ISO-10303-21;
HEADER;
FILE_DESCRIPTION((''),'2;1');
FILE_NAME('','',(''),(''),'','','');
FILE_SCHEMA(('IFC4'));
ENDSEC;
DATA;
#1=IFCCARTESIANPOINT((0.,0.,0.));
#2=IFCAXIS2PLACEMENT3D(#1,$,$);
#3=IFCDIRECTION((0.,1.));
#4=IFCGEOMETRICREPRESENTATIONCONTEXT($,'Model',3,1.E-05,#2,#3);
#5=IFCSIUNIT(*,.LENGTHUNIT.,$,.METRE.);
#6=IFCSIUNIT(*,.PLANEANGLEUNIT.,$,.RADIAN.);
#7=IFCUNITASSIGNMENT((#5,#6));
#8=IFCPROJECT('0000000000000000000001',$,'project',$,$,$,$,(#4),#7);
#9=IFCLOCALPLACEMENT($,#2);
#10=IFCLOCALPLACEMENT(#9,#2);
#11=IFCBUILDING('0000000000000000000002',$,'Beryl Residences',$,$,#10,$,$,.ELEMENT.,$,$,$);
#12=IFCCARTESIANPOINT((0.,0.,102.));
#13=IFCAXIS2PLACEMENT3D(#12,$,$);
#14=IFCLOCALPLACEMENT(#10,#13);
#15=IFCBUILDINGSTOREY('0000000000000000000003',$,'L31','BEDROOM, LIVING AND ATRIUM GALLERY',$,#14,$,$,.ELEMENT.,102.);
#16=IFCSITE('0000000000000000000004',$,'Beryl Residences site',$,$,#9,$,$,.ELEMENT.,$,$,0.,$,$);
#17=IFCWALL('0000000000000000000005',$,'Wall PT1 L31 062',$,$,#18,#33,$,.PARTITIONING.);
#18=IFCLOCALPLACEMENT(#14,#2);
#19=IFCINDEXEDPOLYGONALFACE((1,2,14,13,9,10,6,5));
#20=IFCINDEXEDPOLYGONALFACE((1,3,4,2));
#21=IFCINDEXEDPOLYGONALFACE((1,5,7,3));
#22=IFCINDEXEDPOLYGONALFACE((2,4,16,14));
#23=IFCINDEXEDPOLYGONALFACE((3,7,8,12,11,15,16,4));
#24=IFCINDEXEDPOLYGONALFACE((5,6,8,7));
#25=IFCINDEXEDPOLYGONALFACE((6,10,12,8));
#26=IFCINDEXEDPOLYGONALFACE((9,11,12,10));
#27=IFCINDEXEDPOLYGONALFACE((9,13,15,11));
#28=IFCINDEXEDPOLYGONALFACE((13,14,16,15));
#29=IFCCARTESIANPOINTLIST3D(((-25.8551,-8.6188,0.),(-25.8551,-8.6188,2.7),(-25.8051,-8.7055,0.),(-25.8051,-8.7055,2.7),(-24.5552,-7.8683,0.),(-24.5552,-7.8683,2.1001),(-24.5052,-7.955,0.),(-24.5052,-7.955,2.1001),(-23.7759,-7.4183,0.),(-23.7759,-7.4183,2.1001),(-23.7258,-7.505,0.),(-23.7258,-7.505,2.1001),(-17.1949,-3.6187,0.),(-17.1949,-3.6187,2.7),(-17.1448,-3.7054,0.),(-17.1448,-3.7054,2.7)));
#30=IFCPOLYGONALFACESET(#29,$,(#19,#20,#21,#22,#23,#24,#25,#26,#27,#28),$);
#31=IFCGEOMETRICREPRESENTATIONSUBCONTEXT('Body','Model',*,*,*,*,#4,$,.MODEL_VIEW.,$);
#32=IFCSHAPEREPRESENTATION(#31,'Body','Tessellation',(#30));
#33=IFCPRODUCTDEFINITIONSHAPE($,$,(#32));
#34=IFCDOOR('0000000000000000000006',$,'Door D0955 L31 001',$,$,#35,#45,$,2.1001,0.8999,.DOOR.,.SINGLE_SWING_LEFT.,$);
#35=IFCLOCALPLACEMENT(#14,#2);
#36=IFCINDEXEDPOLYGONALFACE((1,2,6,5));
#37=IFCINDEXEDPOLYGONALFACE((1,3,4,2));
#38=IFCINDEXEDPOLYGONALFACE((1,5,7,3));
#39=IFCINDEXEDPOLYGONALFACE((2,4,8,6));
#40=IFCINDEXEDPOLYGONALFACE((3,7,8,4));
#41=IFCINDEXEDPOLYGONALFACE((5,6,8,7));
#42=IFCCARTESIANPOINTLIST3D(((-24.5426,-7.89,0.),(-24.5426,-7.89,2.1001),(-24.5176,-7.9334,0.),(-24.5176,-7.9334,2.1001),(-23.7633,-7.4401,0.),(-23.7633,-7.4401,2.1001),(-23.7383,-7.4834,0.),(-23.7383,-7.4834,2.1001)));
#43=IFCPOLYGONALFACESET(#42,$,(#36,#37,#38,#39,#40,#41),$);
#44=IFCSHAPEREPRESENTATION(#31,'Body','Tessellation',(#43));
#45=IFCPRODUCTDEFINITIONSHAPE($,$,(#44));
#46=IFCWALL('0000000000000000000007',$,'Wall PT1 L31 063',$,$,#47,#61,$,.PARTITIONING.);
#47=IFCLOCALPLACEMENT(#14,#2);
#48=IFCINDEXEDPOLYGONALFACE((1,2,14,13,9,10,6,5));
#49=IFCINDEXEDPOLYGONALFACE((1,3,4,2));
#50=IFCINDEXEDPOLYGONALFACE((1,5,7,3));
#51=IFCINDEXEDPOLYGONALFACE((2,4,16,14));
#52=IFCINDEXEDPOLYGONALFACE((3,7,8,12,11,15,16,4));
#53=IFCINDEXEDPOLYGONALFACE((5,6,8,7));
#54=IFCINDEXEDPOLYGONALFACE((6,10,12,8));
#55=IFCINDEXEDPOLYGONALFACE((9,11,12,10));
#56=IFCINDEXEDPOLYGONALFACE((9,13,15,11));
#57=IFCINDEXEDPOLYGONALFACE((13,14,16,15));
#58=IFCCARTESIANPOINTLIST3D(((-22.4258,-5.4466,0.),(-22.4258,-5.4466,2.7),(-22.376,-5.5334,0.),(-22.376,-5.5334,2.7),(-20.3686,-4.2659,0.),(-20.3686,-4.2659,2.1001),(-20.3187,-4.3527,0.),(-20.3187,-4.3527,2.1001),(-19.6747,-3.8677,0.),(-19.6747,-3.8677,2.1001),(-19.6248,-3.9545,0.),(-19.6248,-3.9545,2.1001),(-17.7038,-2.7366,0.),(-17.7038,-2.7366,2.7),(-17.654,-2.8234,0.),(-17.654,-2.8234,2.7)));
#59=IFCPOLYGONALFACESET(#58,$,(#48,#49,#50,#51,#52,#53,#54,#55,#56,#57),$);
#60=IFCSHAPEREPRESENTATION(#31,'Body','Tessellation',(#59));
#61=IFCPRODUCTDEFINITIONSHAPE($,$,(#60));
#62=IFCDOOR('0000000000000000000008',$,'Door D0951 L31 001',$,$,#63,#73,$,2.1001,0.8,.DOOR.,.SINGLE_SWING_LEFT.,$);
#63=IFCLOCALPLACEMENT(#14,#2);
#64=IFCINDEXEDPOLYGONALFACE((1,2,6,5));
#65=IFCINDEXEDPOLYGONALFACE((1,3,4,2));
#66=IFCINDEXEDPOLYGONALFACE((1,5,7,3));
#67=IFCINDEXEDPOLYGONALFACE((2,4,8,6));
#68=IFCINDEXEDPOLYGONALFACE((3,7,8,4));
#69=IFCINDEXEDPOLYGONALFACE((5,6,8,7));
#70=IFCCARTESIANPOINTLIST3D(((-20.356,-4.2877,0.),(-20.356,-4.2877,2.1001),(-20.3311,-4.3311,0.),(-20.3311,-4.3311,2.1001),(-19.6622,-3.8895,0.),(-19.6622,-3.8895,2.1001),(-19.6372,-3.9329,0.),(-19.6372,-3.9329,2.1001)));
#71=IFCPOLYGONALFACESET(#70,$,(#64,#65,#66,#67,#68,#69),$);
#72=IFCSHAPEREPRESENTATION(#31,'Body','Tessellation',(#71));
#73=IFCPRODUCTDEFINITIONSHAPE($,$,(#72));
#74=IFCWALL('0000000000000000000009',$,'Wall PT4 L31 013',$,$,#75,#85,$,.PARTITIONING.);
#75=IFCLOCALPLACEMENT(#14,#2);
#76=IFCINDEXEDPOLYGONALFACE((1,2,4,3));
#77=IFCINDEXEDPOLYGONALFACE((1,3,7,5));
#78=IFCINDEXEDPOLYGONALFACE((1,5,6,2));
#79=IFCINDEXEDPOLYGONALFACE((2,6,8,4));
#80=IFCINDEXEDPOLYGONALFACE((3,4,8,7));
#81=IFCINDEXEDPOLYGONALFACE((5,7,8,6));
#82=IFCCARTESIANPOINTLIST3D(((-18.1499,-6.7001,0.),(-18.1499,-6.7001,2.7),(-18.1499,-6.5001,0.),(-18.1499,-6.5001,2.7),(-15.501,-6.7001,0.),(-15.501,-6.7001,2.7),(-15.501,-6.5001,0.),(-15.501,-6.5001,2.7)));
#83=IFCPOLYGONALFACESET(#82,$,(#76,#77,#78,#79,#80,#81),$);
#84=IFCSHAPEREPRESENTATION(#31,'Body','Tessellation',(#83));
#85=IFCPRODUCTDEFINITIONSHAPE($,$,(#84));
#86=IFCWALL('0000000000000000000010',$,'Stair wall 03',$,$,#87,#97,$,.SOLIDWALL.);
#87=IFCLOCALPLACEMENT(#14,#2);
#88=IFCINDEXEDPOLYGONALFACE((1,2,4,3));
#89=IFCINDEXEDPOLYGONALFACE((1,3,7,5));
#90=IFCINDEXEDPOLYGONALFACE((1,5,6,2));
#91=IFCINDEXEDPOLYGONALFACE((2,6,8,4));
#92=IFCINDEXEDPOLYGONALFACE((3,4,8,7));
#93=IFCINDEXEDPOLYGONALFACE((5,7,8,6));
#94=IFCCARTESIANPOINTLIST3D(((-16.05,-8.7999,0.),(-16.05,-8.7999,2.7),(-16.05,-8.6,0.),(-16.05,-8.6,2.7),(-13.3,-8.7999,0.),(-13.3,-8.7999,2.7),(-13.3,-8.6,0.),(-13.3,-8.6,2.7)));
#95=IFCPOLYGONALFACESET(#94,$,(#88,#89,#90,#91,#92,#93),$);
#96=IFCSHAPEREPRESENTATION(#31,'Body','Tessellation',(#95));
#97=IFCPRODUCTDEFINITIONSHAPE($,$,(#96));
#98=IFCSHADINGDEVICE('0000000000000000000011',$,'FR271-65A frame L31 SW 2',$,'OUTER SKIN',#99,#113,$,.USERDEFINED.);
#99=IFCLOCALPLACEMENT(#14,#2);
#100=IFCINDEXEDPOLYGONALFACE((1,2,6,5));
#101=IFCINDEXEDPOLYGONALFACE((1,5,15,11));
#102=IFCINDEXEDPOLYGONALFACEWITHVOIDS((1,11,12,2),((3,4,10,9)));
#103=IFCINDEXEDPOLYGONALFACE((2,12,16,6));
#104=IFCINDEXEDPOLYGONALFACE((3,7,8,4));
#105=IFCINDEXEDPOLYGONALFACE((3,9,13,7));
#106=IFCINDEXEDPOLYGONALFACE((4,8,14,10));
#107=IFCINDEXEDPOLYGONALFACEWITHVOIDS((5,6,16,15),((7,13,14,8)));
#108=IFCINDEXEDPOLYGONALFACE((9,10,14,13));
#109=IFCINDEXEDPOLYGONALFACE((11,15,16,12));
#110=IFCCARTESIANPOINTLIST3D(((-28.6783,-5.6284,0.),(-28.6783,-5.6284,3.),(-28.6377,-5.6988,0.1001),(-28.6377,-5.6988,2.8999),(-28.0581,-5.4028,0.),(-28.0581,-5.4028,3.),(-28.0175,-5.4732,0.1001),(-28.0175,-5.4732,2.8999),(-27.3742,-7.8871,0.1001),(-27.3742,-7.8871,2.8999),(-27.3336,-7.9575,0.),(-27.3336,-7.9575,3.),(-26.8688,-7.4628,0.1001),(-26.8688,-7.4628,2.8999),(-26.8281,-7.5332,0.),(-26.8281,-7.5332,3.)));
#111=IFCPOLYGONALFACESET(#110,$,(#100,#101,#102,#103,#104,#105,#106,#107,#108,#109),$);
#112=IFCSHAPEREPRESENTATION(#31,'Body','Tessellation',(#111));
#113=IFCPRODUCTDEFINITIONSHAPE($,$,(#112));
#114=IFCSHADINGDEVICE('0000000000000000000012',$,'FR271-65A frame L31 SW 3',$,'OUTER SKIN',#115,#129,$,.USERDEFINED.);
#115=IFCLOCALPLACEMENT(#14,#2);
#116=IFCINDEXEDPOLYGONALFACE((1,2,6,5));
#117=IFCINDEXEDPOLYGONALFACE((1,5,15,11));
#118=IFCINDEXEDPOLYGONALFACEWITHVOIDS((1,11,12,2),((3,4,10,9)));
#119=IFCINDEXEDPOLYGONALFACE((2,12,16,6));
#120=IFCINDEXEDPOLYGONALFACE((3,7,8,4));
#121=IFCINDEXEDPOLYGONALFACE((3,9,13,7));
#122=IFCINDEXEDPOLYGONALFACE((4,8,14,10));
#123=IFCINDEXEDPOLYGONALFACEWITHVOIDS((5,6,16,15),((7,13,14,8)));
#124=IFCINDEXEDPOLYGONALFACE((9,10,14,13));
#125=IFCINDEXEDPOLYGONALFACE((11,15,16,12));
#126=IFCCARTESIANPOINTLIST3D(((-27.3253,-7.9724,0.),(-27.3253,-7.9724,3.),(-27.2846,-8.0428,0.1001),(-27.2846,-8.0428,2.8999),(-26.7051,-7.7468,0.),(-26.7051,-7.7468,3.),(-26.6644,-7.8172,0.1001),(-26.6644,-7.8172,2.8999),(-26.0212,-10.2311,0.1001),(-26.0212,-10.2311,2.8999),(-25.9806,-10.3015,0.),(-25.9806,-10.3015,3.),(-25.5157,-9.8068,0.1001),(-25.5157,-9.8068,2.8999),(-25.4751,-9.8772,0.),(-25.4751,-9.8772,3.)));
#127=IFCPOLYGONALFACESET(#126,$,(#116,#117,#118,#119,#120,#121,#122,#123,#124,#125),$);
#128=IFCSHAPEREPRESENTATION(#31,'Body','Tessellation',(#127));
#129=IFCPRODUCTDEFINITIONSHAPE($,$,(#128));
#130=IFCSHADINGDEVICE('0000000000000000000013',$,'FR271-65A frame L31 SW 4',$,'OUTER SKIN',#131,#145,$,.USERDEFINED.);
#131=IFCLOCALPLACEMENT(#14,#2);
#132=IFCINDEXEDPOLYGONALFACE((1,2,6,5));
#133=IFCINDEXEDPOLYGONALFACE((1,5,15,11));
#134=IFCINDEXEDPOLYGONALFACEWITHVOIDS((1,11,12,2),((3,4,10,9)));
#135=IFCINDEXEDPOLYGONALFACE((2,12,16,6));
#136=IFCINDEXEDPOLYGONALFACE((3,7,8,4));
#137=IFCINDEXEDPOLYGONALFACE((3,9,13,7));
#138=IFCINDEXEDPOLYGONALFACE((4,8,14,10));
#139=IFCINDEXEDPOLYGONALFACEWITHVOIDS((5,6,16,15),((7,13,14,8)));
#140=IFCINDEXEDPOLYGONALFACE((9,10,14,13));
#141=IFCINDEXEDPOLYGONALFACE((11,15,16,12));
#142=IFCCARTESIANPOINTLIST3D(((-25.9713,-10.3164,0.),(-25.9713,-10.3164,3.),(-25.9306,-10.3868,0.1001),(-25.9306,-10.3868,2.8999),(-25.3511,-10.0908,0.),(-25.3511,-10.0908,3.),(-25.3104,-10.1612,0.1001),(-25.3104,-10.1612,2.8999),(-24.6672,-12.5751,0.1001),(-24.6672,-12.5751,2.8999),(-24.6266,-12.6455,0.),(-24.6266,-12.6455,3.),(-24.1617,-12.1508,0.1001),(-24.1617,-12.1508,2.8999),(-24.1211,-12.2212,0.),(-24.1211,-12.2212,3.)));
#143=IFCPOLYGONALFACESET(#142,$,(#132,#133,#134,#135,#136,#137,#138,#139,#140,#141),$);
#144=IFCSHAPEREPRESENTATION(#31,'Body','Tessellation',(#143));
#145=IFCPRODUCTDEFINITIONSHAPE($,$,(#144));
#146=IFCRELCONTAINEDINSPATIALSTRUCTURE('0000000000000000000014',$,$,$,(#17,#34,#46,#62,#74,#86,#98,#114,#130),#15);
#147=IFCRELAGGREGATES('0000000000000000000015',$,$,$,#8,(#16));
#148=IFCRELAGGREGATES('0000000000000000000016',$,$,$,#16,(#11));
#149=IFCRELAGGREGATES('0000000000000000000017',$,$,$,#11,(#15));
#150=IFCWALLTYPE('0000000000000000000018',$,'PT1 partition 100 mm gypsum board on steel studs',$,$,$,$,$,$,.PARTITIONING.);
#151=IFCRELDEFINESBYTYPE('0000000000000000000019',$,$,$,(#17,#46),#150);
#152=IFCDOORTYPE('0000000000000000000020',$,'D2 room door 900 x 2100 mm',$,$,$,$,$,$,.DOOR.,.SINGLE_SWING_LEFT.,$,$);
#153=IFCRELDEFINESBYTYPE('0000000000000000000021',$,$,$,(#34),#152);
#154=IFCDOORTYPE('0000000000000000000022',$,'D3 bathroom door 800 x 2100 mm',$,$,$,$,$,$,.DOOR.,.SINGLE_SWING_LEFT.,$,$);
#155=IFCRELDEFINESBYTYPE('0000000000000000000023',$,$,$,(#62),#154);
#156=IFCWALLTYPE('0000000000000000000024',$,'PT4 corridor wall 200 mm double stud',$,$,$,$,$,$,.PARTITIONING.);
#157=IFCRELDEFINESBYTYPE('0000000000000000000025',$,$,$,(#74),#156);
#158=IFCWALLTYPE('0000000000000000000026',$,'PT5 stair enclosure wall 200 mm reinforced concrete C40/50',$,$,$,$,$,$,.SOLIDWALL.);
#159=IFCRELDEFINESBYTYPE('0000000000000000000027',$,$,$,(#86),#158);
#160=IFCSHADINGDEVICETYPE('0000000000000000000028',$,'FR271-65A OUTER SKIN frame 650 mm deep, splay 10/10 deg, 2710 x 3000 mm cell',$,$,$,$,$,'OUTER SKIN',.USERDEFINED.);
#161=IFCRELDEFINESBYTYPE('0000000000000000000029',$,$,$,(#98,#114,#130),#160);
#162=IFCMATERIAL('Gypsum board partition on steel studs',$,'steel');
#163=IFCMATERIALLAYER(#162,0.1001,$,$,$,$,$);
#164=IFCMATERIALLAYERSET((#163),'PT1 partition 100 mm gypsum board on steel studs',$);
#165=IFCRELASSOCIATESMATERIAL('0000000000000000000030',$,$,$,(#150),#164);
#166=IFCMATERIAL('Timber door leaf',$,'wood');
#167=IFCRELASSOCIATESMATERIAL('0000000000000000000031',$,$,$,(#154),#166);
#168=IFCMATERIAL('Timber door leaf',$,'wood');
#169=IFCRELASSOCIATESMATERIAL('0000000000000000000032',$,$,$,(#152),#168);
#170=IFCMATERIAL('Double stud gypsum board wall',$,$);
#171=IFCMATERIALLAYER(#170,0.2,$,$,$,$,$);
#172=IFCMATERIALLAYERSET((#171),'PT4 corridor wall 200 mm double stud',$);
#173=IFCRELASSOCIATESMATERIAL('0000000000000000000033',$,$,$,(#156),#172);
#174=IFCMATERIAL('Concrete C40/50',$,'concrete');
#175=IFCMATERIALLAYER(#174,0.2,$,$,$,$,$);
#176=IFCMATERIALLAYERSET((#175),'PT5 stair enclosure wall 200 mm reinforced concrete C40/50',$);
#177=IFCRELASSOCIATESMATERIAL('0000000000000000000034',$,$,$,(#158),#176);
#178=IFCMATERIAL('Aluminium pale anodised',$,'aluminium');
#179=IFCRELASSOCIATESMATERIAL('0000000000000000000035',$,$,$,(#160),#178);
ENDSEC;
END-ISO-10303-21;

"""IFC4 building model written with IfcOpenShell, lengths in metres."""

from ifc_helpers import new_model, entity, si_unit, direction, frame, frame_2d, origin, place, context, subcontext, project, spatial, rectangle, extrude, source, transform, mapped, material, layer, layer_set, type_object, type_shapes, element, fill, save


model = new_model("IFC4")

# Units and contexts
model_context = context("Model", 3, precision=1e-05, world=origin(), true_north=direction((0.0, 1.0)))
body_context = subcontext(model_context, "Body", "Model", "MODEL_VIEW")
ifc_project = project(units=[si_unit("LENGTHUNIT", "METRE"), si_unit("PLANEANGLEUNIT", "RADIAN")], contexts=[model_context])

# Site, building, storey
site_placement = place(None, origin())
site = spatial("IfcSite", under=ifc_project, at=site_placement, Name="Beryl Residences site", CompositionType="ELEMENT", RefElevation=0.0)
building_placement = place(site_placement, origin())
building = spatial("IfcBuilding", under=site, at=building_placement, Name="Beryl Residences", CompositionType="ELEMENT")
storey_placement = place(building_placement, frame((0.0, 0.0, 102.0)))
storey = spatial("IfcBuildingStorey", under=building, at=storey_placement, Name="L31", Description="BEDROOM, LIVING AND ATRIUM GALLERY", CompositionType="ELEMENT", Elevation=102.0)

# Shared definitions
ifc_material_1 = material(Name="Gypsum board partition on steel studs", Category="steel")
ifc_layer_1 = layer(ifc_material_1, 0.1001)
ifc_layer_set_1 = layer_set([ifc_layer_1], Name="PT1 partition 100 mm gypsum board on steel studs")
wall_type_1 = type_object("IfcWallType", Name="PT1 partition 100 mm gypsum board on steel studs", PredefinedType="PARTITIONING", material=ifc_layer_set_1)

# Shared definitions
ifc_material_2 = material(Name="Timber door leaf", Category="wood")
door_type_1 = type_object("IfcDoorType", Name="D3 bathroom door 800 x 2100 mm", OperationType="SINGLE_SWING_LEFT", PredefinedType="DOOR", material=ifc_material_2)
ifc_material_3 = material(Name="Timber door leaf", Category="wood")
door_type_2 = type_object("IfcDoorType", Name="D2 room door 900 x 2100 mm", OperationType="SINGLE_SWING_LEFT", PredefinedType="DOOR", material=ifc_material_3)

# Walls, openings, doors
wall_1_placement = place(storey_placement, frame((-25.8301, -8.6621, 0.0), z_axis=(0.0, 0.0, 1.0), x_axis=(0.866023, 0.500004, 0.0)))
wall_1 = element("IfcWall", 1, at=wall_1_placement, inside=storey, type_object=wall_type_1, Name="Wall PT1 L31 062", PredefinedType="PARTITIONING", context=body_context, shape_type="SweptSolid", body=[
    extrude(rectangle(XDim=10.0, YDim=0.1001, at=frame_2d((5.0, 0.0))), origin(), (0.0, 0.0, 1.0), 2.7),
])
opening_1_placement = place(wall_1_placement, frame((1.501, 0.0, 0.0)))
opening_1 = element("IfcOpeningElement", 2, at=opening_1_placement, cuts=wall_1, PredefinedType="OPENING", context=body_context, shape_type="SweptSolid", body=[
    extrude(rectangle(XDim=0.8999, YDim=2.1001, at=frame_2d((0.45, 1.05))), frame((0.0, 0.0601, 0.0), z_axis=(0.0, -1.0, 0.0), x_axis=(1.0, 0.0, 0.0)), (0.0, 0.0, 1.0), 0.1201),
])
door_1_placement = place(opening_1_placement, origin())
door_1 = element("IfcDoor", 3, at=door_1_placement, inside=storey, type_object=door_type_2, Name="Door D0955 L31 001", OperationType="SINGLE_SWING_LEFT", OverallHeight=2.1001, OverallWidth=0.8999, PredefinedType="DOOR", context=body_context, shape_type="SweptSolid", body=[
    extrude(rectangle(XDim=0.8999, YDim=2.1001, at=frame_2d((0.45, 1.05))), frame((0.0, 0.0249, 0.0), z_axis=(0.0, -1.0, 0.0), x_axis=(1.0, 0.0, 0.0)), (0.0, 0.0, 1.0), 0.05),
])
fill(opening_1, door_1)
wall_2_placement = place(storey_placement, frame((-22.4009, -5.49, 0.0), z_axis=(0.0, 0.0, 1.0), x_axis=(0.867314, 0.497761, 0.0)))
wall_2 = element("IfcWall", 4, at=wall_2_placement, inside=storey, type_object=wall_type_1, Name="Wall PT1 L31 063", PredefinedType="PARTITIONING", context=body_context, shape_type="SweptSolid", body=[
    extrude(rectangle(XDim=5.4443, YDim=0.1001, at=frame_2d((2.7222, 0.0))), origin(), (0.0, 0.0, 1.0), 2.7),
])
opening_2_placement = place(wall_2_placement, frame((2.3721, 0.0, 0.0)))
opening_2 = element("IfcOpeningElement", 5, at=opening_2_placement, cuts=wall_2, PredefinedType="OPENING", context=body_context, shape_type="SweptSolid", body=[
    extrude(rectangle(XDim=0.8, YDim=2.1001, at=frame_2d((0.3999, 1.05))), frame((0.0, 0.0601, 0.0), z_axis=(0.0, -1.0, 0.0), x_axis=(1.0, 0.0, 0.0)), (0.0, 0.0, 1.0), 0.1201),
])
door_2_placement = place(opening_2_placement, origin())
door_2 = element("IfcDoor", 6, at=door_2_placement, inside=storey, type_object=door_type_1, Name="Door D0951 L31 001", OperationType="SINGLE_SWING_LEFT", OverallHeight=2.1001, OverallWidth=0.8, PredefinedType="DOOR", context=body_context, shape_type="SweptSolid", body=[
    extrude(rectangle(XDim=0.8, YDim=2.1001, at=frame_2d((0.3999, 1.05))), frame((0.0, 0.0249, 0.0), z_axis=(0.0, -1.0, 0.0), x_axis=(1.0, 0.0, 0.0)), (0.0, 0.0, 1.0), 0.05),
])
fill(opening_2, door_2)

# Walls
ifc_material_4 = material(Name="Double stud gypsum board wall")
ifc_layer_2 = layer(ifc_material_4, 0.2)
ifc_layer_set_2 = layer_set([ifc_layer_2], Name="PT4 corridor wall 200 mm double stud")
wall_type_2 = type_object("IfcWallType", Name="PT4 corridor wall 200 mm double stud", PredefinedType="PARTITIONING", material=ifc_layer_set_2)
wall_3_placement = place(storey_placement, frame((-18.1499, -6.6001, 0.0), z_axis=(0.0, 0.0, 1.0), x_axis=(1.0, 0.0, 0.0)))
element("IfcWall", 7, at=wall_3_placement, inside=storey, type_object=wall_type_2, Name="Wall PT4 L31 013", PredefinedType="PARTITIONING", context=body_context, shape_type="SweptSolid", body=[
    extrude(rectangle(XDim=2.6489, YDim=0.2, at=frame_2d((1.3245, 0.0))), origin(), (0.0, 0.0, 1.0), 2.7),
])
ifc_material_5 = material(Name="Concrete C40/50", Category="concrete")
ifc_layer_3 = layer(ifc_material_5, 0.2)
ifc_layer_set_3 = layer_set([ifc_layer_3], Name="PT5 stair enclosure wall 200 mm reinforced concrete C40/50")
wall_type_3 = type_object("IfcWallType", Name="PT5 stair enclosure wall 200 mm reinforced concrete C40/50", PredefinedType="SOLIDWALL", material=ifc_layer_set_3)
wall_4_placement = place(storey_placement, frame((-16.05, -8.7, 0.0), z_axis=(0.0, 0.0, 1.0), x_axis=(1.0, 0.0, 0.0)))
element("IfcWall", 8, at=wall_4_placement, inside=storey, type_object=wall_type_3, Name="Stair wall 03", PredefinedType="SOLIDWALL", context=body_context, shape_type="SweptSolid", body=[
    extrude(rectangle(XDim=2.75, YDim=0.2, at=frame_2d((1.375, 0.0))), origin(), (0.0, 0.0, 1.0), 2.7),
])

# Shading devices
ifc_material_6 = material(Name="Aluminium pale anodised", Category="aluminium")
shading_device_type = type_object("IfcShadingDeviceType", Name="FR271-65A OUTER SKIN frame 650 mm deep, splay 10/10 deg, 2710 x 3000 mm cell", ElementType="OUTER SKIN", PredefinedType="USERDEFINED", material=ifc_material_6)
cartesian_point_1 = entity("IfcCartesianPoint", [-1.23, 0.0])
cartesian_point_2 = entity("IfcCartesianPoint", [-1.1487, 0.1001])
cartesian_point_3 = entity("IfcCartesianPoint", [-1.3447, 0.0])
cartesian_point_4 = entity("IfcCartesianPoint", [-1.2634, 0.1001])
shared_shape = source(origin(), body_context, "Body", "SweptSolid", [
    entity("IfcExtrudedAreaSolidTapered", entity("IfcArbitraryProfileDefWithVoids", "AREA", None, entity("IfcPolyline", [cartesian_point_1, entity("IfcCartesianPoint", [1.23, 0.0]), entity("IfcCartesianPoint", [1.23, 3.0]), entity("IfcCartesianPoint", [-1.23, 3.0]), cartesian_point_1]), [entity("IfcPolyline", [cartesian_point_2, entity("IfcCartesianPoint", [1.1487, 0.1001]), entity("IfcCartesianPoint", [1.1487, 2.8999]), entity("IfcCartesianPoint", [-1.1487, 2.8999]), cartesian_point_2])]), entity("IfcAxis2Placement3D", entity("IfcCartesianPoint", [0.0, 0.0, 0.0]), entity("IfcDirection", [0.0, 1.0, 0.0]), entity("IfcDirection", [-1.0, 0.0, 0.0])), entity("IfcDirection", [0.0, 0.0, 1.0]), 0.6499, entity("IfcArbitraryProfileDefWithVoids", "AREA", None, entity("IfcPolyline", [cartesian_point_3, entity("IfcCartesianPoint", [1.3447, 0.0]), entity("IfcCartesianPoint", [1.3447, 3.0]), entity("IfcCartesianPoint", [-1.3447, 3.0]), cartesian_point_3]), [entity("IfcPolyline", [cartesian_point_4, entity("IfcCartesianPoint", [1.2634, 0.1001]), entity("IfcCartesianPoint", [1.2634, 2.8999]), entity("IfcCartesianPoint", [-1.2634, 2.8999]), cartesian_point_4])])),
])
type_shapes(shading_device_type, [shared_shape])
for number, where, z_axis, x_axis, name in (
    (9, (-27.4431, -6.468, 0.0), (0.0, 0.0, 1.0), (-0.5, 0.866025, 0.0), "FR271-65A frame L31 SW 2"),
    (10, (-26.0901, -8.812, 0.0), (0.0, 0.0, 1.0), (-0.5, 0.866025, 0.0), "FR271-65A frame L31 SW 3"),
    (11, (-24.7361, -11.156, 0.0), (0.0, 0.0, 1.0), (-0.5, 0.866025, 0.0), "FR271-65A frame L31 SW 4"),
):
    element("IfcShadingDevice", number, at=place(storey_placement, frame(where, z_axis=z_axis, x_axis=x_axis)), inside=storey, type_object=shading_device_type, Name=name, ObjectType="OUTER SKIN", PredefinedType="USERDEFINED", context=body_context, shape_type="MappedRepresentation", body=[
        mapped(shared_shape, transform((0.0, 0.0, 0.0))),
    ])

save(model, "model.ifc")
